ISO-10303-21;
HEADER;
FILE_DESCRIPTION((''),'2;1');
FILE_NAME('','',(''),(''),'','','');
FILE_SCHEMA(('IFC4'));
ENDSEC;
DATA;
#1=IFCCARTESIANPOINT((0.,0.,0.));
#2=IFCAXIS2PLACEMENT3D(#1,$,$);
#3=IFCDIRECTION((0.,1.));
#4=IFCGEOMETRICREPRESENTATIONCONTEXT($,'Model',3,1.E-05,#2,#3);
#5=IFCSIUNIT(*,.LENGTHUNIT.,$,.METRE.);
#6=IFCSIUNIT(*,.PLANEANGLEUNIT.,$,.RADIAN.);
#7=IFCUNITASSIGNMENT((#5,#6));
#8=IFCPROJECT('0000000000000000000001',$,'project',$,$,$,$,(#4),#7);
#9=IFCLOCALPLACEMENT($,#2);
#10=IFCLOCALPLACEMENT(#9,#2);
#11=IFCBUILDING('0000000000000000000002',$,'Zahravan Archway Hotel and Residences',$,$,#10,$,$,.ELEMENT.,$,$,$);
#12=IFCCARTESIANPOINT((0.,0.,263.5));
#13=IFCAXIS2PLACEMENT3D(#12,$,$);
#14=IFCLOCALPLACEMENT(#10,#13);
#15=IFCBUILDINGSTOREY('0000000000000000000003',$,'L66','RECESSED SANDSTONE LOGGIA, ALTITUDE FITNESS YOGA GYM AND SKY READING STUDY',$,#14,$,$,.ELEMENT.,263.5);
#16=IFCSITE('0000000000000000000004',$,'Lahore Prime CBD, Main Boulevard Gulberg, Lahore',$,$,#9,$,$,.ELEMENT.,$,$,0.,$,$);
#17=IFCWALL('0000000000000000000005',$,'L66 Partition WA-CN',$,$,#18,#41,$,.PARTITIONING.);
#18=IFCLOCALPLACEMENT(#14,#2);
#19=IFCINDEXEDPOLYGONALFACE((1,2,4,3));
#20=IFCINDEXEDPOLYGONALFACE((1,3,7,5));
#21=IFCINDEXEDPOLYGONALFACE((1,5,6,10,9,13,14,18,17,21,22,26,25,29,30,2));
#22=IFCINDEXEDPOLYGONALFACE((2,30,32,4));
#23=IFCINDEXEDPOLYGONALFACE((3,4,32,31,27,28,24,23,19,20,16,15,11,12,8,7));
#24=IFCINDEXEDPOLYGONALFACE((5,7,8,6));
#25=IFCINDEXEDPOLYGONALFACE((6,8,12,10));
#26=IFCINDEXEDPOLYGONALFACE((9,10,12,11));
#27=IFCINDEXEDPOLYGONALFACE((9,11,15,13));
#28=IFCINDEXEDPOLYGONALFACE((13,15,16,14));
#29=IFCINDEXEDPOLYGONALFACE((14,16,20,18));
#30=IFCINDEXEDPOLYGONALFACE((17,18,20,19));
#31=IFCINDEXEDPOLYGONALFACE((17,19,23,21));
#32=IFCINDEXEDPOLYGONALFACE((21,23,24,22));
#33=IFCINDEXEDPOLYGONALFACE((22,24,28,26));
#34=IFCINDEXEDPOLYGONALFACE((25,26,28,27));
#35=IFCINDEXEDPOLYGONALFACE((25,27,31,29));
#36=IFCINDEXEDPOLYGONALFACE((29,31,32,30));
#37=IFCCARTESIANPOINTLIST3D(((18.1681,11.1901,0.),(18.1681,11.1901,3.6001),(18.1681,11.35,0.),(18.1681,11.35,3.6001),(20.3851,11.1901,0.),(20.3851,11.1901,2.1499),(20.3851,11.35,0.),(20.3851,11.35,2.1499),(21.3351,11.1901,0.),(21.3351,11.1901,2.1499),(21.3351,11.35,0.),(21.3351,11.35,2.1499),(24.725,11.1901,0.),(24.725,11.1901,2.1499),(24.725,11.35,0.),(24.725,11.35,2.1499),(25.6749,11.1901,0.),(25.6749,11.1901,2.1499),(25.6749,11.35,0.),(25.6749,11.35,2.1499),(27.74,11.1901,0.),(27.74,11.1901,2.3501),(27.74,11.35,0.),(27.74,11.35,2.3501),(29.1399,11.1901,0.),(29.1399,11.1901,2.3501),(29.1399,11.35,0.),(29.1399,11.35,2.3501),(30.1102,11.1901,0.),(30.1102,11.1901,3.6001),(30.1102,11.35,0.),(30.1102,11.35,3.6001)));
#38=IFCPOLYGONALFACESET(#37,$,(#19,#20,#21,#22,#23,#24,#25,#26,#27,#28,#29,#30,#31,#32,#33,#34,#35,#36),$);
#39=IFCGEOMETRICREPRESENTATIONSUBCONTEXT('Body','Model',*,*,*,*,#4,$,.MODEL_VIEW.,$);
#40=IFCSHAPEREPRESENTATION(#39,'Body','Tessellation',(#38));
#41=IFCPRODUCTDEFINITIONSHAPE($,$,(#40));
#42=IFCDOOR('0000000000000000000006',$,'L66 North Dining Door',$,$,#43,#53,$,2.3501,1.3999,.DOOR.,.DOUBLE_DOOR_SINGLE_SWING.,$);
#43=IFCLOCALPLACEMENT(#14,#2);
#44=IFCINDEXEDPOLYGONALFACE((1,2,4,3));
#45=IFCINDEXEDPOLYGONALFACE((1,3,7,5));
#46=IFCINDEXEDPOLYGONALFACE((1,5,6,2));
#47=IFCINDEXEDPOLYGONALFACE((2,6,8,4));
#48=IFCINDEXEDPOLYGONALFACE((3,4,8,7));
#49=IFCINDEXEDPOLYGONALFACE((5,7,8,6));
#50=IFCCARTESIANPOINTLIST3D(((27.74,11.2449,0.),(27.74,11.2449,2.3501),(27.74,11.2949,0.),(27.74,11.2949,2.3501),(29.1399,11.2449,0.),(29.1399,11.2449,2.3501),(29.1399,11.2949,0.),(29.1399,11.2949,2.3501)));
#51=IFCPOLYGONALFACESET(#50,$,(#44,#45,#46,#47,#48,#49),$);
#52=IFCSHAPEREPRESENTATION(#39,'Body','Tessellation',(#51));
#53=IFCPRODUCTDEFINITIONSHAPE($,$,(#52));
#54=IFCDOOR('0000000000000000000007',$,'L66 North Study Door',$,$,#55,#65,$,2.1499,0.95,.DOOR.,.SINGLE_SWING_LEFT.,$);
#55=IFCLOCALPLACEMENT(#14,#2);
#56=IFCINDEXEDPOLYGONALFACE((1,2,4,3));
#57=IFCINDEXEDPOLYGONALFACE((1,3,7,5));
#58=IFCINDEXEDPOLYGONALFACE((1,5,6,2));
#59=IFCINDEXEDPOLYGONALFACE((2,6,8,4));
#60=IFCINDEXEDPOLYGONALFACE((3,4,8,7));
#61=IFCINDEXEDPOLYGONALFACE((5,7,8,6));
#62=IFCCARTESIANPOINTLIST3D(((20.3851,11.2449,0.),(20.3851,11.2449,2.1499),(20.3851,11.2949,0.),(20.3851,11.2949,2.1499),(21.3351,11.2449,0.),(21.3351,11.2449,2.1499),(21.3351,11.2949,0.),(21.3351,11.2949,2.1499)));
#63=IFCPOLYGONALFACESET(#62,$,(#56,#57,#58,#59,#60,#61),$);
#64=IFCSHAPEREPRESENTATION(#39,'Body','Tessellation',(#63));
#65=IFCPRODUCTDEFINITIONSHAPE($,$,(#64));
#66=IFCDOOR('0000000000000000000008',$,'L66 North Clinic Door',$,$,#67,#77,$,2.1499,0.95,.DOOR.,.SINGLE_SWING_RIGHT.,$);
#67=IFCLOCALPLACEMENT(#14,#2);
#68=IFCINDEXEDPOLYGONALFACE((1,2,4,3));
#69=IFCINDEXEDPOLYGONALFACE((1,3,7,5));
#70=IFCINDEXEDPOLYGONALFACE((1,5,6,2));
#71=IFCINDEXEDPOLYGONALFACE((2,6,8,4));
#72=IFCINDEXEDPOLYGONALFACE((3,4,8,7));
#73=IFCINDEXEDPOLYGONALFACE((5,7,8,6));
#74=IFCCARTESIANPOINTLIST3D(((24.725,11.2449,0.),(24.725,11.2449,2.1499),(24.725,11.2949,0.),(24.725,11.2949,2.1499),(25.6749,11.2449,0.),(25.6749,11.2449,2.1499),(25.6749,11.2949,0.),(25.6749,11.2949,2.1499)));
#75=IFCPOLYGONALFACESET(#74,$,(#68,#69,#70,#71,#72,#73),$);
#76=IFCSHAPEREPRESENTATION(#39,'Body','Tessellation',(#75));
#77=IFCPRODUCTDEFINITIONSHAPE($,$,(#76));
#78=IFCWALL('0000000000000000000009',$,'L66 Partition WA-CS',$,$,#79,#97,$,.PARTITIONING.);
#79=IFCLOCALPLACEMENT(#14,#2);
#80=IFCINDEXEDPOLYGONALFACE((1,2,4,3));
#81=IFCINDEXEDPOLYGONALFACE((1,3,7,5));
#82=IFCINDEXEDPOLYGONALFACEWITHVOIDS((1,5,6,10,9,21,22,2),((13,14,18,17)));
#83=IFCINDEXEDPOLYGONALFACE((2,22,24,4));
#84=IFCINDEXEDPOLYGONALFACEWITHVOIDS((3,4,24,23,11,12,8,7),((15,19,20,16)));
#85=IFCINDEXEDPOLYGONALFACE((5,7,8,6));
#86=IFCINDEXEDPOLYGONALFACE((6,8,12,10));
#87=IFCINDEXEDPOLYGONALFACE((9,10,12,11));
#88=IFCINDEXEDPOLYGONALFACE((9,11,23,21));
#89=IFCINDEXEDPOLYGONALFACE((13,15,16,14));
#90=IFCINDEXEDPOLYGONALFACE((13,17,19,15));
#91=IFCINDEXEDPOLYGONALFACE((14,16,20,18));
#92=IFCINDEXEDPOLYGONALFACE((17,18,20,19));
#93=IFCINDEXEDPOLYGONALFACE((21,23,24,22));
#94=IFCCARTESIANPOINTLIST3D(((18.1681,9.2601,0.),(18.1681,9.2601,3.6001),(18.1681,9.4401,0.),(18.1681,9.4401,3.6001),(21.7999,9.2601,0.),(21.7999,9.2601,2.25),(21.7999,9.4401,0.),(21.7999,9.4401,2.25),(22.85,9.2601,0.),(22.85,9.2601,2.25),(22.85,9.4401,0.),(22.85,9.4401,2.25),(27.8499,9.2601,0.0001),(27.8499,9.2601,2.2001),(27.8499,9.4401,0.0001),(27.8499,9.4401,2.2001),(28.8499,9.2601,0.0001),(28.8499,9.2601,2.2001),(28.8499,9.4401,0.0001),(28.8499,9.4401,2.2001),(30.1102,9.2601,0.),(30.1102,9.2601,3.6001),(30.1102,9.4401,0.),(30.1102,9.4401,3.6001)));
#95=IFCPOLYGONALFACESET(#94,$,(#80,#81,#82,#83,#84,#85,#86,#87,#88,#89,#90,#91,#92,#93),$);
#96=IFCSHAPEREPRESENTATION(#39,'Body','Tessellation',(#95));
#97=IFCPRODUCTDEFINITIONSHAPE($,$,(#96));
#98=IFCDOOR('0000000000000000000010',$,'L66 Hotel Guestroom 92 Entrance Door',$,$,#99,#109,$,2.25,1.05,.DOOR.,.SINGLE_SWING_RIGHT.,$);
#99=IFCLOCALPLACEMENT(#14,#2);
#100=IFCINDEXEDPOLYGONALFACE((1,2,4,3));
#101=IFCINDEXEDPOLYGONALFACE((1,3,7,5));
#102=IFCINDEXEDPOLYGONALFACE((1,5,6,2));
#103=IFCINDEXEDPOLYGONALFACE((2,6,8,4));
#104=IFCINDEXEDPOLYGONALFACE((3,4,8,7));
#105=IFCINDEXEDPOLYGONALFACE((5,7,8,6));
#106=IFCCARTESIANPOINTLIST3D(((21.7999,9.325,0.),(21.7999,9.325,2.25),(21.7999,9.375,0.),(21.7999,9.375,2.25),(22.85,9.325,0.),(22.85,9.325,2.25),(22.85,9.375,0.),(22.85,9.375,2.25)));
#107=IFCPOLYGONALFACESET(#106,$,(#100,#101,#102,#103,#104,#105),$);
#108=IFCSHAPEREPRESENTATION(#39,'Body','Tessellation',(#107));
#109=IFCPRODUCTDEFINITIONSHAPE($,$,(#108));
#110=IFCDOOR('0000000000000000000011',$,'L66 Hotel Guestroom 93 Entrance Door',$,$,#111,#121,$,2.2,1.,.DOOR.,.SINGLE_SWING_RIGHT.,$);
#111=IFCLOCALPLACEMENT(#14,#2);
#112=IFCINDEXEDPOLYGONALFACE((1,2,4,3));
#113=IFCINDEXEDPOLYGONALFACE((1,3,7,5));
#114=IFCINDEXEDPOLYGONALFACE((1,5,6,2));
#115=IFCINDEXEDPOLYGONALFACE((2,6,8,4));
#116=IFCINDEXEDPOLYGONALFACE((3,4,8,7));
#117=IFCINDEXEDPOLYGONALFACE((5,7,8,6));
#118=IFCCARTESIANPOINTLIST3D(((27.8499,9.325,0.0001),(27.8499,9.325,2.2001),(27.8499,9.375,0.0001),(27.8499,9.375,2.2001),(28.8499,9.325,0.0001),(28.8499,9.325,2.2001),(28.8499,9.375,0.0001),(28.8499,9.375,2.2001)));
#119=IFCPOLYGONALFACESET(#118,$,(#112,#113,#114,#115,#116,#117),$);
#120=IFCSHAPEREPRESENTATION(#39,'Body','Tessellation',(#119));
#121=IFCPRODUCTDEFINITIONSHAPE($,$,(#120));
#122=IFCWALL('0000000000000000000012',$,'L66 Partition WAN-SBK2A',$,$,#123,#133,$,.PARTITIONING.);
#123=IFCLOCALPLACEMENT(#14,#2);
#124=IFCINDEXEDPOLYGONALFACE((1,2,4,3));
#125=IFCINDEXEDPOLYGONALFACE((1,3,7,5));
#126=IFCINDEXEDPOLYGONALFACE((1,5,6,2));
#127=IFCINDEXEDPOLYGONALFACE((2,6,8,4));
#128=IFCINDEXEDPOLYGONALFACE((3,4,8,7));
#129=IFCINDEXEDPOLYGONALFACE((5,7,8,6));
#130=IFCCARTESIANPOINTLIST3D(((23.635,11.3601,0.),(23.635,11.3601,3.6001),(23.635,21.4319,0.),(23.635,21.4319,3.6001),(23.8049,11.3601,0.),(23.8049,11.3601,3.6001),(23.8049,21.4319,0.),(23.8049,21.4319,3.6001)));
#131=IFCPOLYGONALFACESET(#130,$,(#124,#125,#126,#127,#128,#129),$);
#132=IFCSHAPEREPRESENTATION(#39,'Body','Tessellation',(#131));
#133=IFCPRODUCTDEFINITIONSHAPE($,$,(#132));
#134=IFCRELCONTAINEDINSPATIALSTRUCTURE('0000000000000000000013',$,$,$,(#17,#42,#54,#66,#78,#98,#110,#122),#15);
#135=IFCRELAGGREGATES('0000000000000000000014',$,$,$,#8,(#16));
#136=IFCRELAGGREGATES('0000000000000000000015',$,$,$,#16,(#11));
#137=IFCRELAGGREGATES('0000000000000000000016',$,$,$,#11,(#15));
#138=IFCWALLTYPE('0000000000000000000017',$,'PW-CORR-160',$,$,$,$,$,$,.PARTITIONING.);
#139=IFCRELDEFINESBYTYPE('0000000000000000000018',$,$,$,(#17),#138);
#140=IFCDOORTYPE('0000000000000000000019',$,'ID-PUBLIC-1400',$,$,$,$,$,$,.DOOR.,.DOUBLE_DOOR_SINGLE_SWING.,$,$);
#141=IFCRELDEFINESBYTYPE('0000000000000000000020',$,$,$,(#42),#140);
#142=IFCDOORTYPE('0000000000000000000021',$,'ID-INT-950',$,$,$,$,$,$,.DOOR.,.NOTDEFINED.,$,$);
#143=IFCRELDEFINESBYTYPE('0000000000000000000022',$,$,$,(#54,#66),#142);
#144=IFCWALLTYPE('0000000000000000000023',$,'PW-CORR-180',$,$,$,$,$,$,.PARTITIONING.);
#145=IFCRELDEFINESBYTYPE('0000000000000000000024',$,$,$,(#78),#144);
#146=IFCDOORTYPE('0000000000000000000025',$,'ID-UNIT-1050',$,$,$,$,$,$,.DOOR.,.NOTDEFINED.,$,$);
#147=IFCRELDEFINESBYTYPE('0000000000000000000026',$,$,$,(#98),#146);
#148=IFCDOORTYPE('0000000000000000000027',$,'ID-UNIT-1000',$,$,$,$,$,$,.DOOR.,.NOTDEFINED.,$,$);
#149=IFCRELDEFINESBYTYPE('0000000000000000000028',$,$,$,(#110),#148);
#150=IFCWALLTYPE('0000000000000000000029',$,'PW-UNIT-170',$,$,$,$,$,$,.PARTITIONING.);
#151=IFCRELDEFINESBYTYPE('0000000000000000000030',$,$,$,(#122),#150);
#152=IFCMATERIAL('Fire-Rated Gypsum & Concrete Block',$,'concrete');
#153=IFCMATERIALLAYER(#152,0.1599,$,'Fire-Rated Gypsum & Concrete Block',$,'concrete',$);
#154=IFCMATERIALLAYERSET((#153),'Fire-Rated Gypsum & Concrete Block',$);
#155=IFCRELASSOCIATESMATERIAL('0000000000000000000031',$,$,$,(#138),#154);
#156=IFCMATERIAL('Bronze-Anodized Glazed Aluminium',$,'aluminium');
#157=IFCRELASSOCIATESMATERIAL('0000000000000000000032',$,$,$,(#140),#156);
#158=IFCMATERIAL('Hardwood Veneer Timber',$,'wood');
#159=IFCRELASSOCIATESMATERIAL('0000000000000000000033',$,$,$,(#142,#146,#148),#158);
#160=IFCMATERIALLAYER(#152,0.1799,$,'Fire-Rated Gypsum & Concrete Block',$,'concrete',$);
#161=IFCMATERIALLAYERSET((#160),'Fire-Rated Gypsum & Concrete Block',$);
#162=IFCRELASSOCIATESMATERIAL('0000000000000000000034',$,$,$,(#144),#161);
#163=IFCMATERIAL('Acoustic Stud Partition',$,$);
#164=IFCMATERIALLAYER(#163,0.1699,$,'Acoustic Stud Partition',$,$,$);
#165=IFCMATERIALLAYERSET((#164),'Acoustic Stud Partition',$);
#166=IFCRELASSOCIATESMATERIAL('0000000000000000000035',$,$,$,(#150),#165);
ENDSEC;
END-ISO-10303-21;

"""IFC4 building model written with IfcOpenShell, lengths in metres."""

from ifc_helpers import new_model, si_unit, direction, frame, frame_2d, origin, place, context, subcontext, project, spatial, rectangle, extrude, source, transform, mapped, material, layer, layer_set, type_object, type_shapes, element, fill, save


model = new_model("IFC4")

# Units and contexts
model_context = context("Model", 3, precision=1e-05, world=origin(), true_north=direction((0.0, 1.0)))
body_context = subcontext(model_context, "Body", "Model", "MODEL_VIEW")
ifc_project = project(units=[si_unit("LENGTHUNIT", "METRE"), si_unit("PLANEANGLEUNIT", "RADIAN")], contexts=[model_context])

# Site, building, storey
site_placement = place(None, origin())
site = spatial("IfcSite", under=ifc_project, at=site_placement, Name="Lahore Prime CBD, Main Boulevard Gulberg, Lahore", CompositionType="ELEMENT", RefElevation=0.0)
building_placement = place(site_placement, origin())
building = spatial("IfcBuilding", under=site, at=building_placement, Name="Zahravan Archway Hotel and Residences", CompositionType="ELEMENT")
storey_placement = place(building_placement, frame((0.0, 0.0, 263.5)))
storey = spatial("IfcBuildingStorey", under=building, at=storey_placement, Name="L66", Description="RECESSED SANDSTONE LOGGIA, ALTITUDE FITNESS YOGA GYM AND SKY READING STUDY", CompositionType="ELEMENT", Elevation=263.5)

# Walls, openings, doors
ifc_material_1 = material(Name="Fire-Rated Gypsum & Concrete Block", Category="concrete")
ifc_layer_1 = layer(ifc_material_1, 0.1599, Name="Fire-Rated Gypsum & Concrete Block", Category="concrete")
ifc_layer_set_1 = layer_set([ifc_layer_1], Name="Fire-Rated Gypsum & Concrete Block")
wall_type_1 = type_object("IfcWallType", Name="PW-CORR-160", PredefinedType="PARTITIONING", material=ifc_layer_set_1)
wall_1_placement = place(storey_placement, frame((18.168, 11.27, 0.0), z_axis=(0.0, 0.0, 1.0), x_axis=(1.0, 0.0, 0.0)))
wall_1 = element("IfcWall", 1, at=wall_1_placement, inside=storey, type_object=wall_type_1, Name="L66 Partition WA-CN", PredefinedType="PARTITIONING", context=body_context, shape_type="SweptSolid", body=[
    extrude(rectangle(XDim=11.9421, YDim=0.1599, at=frame_2d((5.9712, 0.0))), origin(), (0.0, 0.0, 1.0), 3.6001),
])
opening_1_placement = place(wall_1_placement, frame((2.217, 0.0, 0.0)))
opening_1 = element("IfcOpeningElement", 2, at=opening_1_placement, cuts=wall_1, PredefinedType="OPENING", context=body_context, shape_type="SweptSolid", body=[
    extrude(rectangle(XDim=0.95, YDim=2.1499, at=frame_2d((0.4751, 1.075))), frame((0.0, 0.0898, 0.0), z_axis=(0.0, -1.0, 0.0), x_axis=(1.0, 0.0, 0.0)), (0.0, 0.0, 1.0), 0.1799),
])
opening_2_placement = place(wall_1_placement, frame((6.5569, 0.0, 0.0)))
opening_2 = element("IfcOpeningElement", 3, at=opening_2_placement, cuts=wall_1, PredefinedType="OPENING", context=body_context, shape_type="SweptSolid", body=[
    extrude(rectangle(XDim=0.95, YDim=2.1499, at=frame_2d((0.4751, 1.075))), frame((0.0, 0.0898, 0.0), z_axis=(0.0, -1.0, 0.0), x_axis=(1.0, 0.0, 0.0)), (0.0, 0.0, 1.0), 0.1799),
])
opening_3_placement = place(wall_1_placement, frame((9.572, 0.0, 0.0)))
opening_3 = element("IfcOpeningElement", 4, at=opening_3_placement, cuts=wall_1, PredefinedType="OPENING", context=body_context, shape_type="SweptSolid", body=[
    extrude(rectangle(XDim=1.3999, YDim=2.3501, at=frame_2d((0.7, 1.175))), frame((0.0, 0.0898, 0.0), z_axis=(0.0, -1.0, 0.0), x_axis=(1.0, 0.0, 0.0)), (0.0, 0.0, 1.0), 0.1799),
])
ifc_material_2 = material(Name="Bronze-Anodized Glazed Aluminium", Category="aluminium")
door_type_1 = type_object("IfcDoorType", Name="ID-PUBLIC-1400", OperationType="DOUBLE_DOOR_SINGLE_SWING", PredefinedType="DOOR", material=ifc_material_2)
shared_shape_1 = source(origin(), body_context, "Body", "SweptSolid", [
    extrude(rectangle(XDim=1.3999, YDim=2.3501, at=frame_2d((0.7, 1.175))), frame((0.0, 0.0249, 0.0), z_axis=(0.0, -1.0, 0.0), x_axis=(1.0, 0.0, 0.0)), (0.0, 0.0, 1.0), 0.05),
])
type_shapes(door_type_1, [shared_shape_1])
door_1_placement = place(opening_3_placement, origin())
door_1 = element("IfcDoor", 5, at=door_1_placement, inside=storey, type_object=door_type_1, Name="L66 North Dining Door", OperationType="DOUBLE_DOOR_SINGLE_SWING", OverallHeight=2.3501, OverallWidth=1.3999, PredefinedType="DOOR", context=body_context, shape_type="MappedRepresentation", body=[
    mapped(shared_shape_1, transform((0.0, 0.0, 0.0), scale=1.0)),
])
fill(opening_3, door_1)
ifc_material_3 = material(Name="Hardwood Veneer Timber", Category="wood")
door_type_2 = type_object("IfcDoorType", Name="ID-INT-950", OperationType="NOTDEFINED", PredefinedType="DOOR", material=ifc_material_3)
shared_shape_2 = source(origin(), body_context, "Body", "SweptSolid", [
    extrude(rectangle(XDim=0.95, YDim=2.1499, at=frame_2d((0.4751, 1.075))), frame((0.0, 0.0249, 0.0), z_axis=(0.0, -1.0, 0.0), x_axis=(1.0, 0.0, 0.0)), (0.0, 0.0, 1.0), 0.05),
])
type_shapes(door_type_2, [shared_shape_2])
door_2_placement = place(opening_1_placement, origin())
door_2 = element("IfcDoor", 6, at=door_2_placement, inside=storey, type_object=door_type_2, Name="L66 North Study Door", OperationType="SINGLE_SWING_LEFT", OverallHeight=2.1499, OverallWidth=0.95, PredefinedType="DOOR", context=body_context, shape_type="MappedRepresentation", body=[
    mapped(shared_shape_2, transform((0.0, 0.0, 0.0), scale=1.0)),
])
fill(opening_1, door_2)
door_3_placement = place(opening_2_placement, origin())
door_3 = element("IfcDoor", 7, at=door_3_placement, inside=storey, type_object=door_type_2, Name="L66 North Clinic Door", OperationType="SINGLE_SWING_RIGHT", OverallHeight=2.1499, OverallWidth=0.95, PredefinedType="DOOR", context=body_context, shape_type="MappedRepresentation", body=[
    mapped(shared_shape_2, transform((0.0, 0.0, 0.0), scale=1.0)),
])
fill(opening_2, door_3)
ifc_layer_2 = layer(ifc_material_1, 0.1799, Name="Fire-Rated Gypsum & Concrete Block", Category="concrete")
ifc_layer_set_2 = layer_set([ifc_layer_2], Name="Fire-Rated Gypsum & Concrete Block")
wall_type_2 = type_object("IfcWallType", Name="PW-CORR-180", PredefinedType="PARTITIONING", material=ifc_layer_set_2)
wall_2_placement = place(storey_placement, frame((18.168, 9.3501, 0.0), z_axis=(0.0, 0.0, 1.0), x_axis=(1.0, 0.0, 0.0)))
wall_2 = element("IfcWall", 8, at=wall_2_placement, inside=storey, type_object=wall_type_2, Name="L66 Partition WA-CS", PredefinedType="PARTITIONING", context=body_context, shape_type="SweptSolid", body=[
    extrude(rectangle(XDim=11.9421, YDim=0.1799, at=frame_2d((5.9712, 0.0))), origin(), (0.0, 0.0, 1.0), 3.6001),
])
opening_4_placement = place(wall_2_placement, frame((3.6321, 0.0, 0.0)))
opening_4 = element("IfcOpeningElement", 9, at=opening_4_placement, cuts=wall_2, PredefinedType="OPENING", context=body_context, shape_type="SweptSolid", body=[
    extrude(rectangle(XDim=1.05, YDim=2.25, at=frame_2d((0.5249, 1.125))), frame((0.0, 0.1001, 0.0), z_axis=(0.0, -1.0, 0.0), x_axis=(1.0, 0.0, 0.0)), (0.0, 0.0, 1.0), 0.2),
])
opening_5_placement = place(wall_2_placement, frame((9.6819, 0.0, 0.0)))
opening_5 = element("IfcOpeningElement", 10, at=opening_5_placement, cuts=wall_2, PredefinedType="OPENING", context=body_context, shape_type="SweptSolid", body=[
    extrude(rectangle(XDim=1.0, YDim=2.2, at=frame_2d((0.5, 1.1001))), frame((0.0, 0.1001, 0.0), z_axis=(0.0, -1.0, 0.0), x_axis=(1.0, 0.0, 0.0)), (0.0, 0.0, 1.0), 0.2),
])
door_type_3 = type_object("IfcDoorType", Name="ID-UNIT-1050", OperationType="NOTDEFINED", PredefinedType="DOOR", material=ifc_material_3)
shared_shape_3 = source(origin(), body_context, "Body", "SweptSolid", [
    extrude(rectangle(XDim=1.05, YDim=2.25, at=frame_2d((0.5249, 1.125))), frame((0.0, 0.0249, 0.0), z_axis=(0.0, -1.0, 0.0), x_axis=(1.0, 0.0, 0.0)), (0.0, 0.0, 1.0), 0.05),
])
type_shapes(door_type_3, [shared_shape_3])
door_4_placement = place(opening_4_placement, origin())
door_4 = element("IfcDoor", 11, at=door_4_placement, inside=storey, type_object=door_type_3, Name="L66 Hotel Guestroom 92 Entrance Door", OperationType="SINGLE_SWING_RIGHT", OverallHeight=2.25, OverallWidth=1.05, PredefinedType="DOOR", context=body_context, shape_type="MappedRepresentation", body=[
    mapped(shared_shape_3, transform((0.0, 0.0, 0.0), scale=1.0)),
])
fill(opening_4, door_4)
door_type_4 = type_object("IfcDoorType", Name="ID-UNIT-1000", OperationType="NOTDEFINED", PredefinedType="DOOR", material=ifc_material_3)
shared_shape_4 = source(origin(), body_context, "Body", "SweptSolid", [
    extrude(rectangle(XDim=1.0, YDim=2.2, at=frame_2d((0.5, 1.1001))), frame((0.0, 0.0249, 0.0), z_axis=(0.0, -1.0, 0.0), x_axis=(1.0, 0.0, 0.0)), (0.0, 0.0, 1.0), 0.05),
])
type_shapes(door_type_4, [shared_shape_4])
door_5_placement = place(opening_5_placement, origin())
door_5 = element("IfcDoor", 12, at=door_5_placement, inside=storey, type_object=door_type_4, Name="L66 Hotel Guestroom 93 Entrance Door", OperationType="SINGLE_SWING_RIGHT", OverallHeight=2.2, OverallWidth=1.0, PredefinedType="DOOR", context=body_context, shape_type="MappedRepresentation", body=[
    mapped(shared_shape_4, transform((0.0, 0.0, 0.0), scale=1.0)),
])
fill(opening_5, door_5)

# Wall
ifc_material_4 = material(Name="Acoustic Stud Partition")
ifc_layer_3 = layer(ifc_material_4, 0.1699, Name="Acoustic Stud Partition")
ifc_layer_set_3 = layer_set([ifc_layer_3], Name="Acoustic Stud Partition")
wall_type_3 = type_object("IfcWallType", Name="PW-UNIT-170", PredefinedType="PARTITIONING", material=ifc_layer_set_3)
wall_3_placement = place(storey_placement, frame((23.72, 11.3601, 0.0), z_axis=(0.0, 0.0, 1.0), x_axis=(0.0, 1.0, 0.0)))
element("IfcWall", 13, at=wall_3_placement, inside=storey, type_object=wall_type_3, Name="L66 Partition WAN-SBK2A", PredefinedType="PARTITIONING", context=body_context, shape_type="SweptSolid", body=[
    extrude(rectangle(XDim=10.0718, YDim=0.1699, at=frame_2d((5.0359, 0.0))), origin(), (0.0, 0.0, 1.0), 3.6001),
])

save(model, "model.ifc")
